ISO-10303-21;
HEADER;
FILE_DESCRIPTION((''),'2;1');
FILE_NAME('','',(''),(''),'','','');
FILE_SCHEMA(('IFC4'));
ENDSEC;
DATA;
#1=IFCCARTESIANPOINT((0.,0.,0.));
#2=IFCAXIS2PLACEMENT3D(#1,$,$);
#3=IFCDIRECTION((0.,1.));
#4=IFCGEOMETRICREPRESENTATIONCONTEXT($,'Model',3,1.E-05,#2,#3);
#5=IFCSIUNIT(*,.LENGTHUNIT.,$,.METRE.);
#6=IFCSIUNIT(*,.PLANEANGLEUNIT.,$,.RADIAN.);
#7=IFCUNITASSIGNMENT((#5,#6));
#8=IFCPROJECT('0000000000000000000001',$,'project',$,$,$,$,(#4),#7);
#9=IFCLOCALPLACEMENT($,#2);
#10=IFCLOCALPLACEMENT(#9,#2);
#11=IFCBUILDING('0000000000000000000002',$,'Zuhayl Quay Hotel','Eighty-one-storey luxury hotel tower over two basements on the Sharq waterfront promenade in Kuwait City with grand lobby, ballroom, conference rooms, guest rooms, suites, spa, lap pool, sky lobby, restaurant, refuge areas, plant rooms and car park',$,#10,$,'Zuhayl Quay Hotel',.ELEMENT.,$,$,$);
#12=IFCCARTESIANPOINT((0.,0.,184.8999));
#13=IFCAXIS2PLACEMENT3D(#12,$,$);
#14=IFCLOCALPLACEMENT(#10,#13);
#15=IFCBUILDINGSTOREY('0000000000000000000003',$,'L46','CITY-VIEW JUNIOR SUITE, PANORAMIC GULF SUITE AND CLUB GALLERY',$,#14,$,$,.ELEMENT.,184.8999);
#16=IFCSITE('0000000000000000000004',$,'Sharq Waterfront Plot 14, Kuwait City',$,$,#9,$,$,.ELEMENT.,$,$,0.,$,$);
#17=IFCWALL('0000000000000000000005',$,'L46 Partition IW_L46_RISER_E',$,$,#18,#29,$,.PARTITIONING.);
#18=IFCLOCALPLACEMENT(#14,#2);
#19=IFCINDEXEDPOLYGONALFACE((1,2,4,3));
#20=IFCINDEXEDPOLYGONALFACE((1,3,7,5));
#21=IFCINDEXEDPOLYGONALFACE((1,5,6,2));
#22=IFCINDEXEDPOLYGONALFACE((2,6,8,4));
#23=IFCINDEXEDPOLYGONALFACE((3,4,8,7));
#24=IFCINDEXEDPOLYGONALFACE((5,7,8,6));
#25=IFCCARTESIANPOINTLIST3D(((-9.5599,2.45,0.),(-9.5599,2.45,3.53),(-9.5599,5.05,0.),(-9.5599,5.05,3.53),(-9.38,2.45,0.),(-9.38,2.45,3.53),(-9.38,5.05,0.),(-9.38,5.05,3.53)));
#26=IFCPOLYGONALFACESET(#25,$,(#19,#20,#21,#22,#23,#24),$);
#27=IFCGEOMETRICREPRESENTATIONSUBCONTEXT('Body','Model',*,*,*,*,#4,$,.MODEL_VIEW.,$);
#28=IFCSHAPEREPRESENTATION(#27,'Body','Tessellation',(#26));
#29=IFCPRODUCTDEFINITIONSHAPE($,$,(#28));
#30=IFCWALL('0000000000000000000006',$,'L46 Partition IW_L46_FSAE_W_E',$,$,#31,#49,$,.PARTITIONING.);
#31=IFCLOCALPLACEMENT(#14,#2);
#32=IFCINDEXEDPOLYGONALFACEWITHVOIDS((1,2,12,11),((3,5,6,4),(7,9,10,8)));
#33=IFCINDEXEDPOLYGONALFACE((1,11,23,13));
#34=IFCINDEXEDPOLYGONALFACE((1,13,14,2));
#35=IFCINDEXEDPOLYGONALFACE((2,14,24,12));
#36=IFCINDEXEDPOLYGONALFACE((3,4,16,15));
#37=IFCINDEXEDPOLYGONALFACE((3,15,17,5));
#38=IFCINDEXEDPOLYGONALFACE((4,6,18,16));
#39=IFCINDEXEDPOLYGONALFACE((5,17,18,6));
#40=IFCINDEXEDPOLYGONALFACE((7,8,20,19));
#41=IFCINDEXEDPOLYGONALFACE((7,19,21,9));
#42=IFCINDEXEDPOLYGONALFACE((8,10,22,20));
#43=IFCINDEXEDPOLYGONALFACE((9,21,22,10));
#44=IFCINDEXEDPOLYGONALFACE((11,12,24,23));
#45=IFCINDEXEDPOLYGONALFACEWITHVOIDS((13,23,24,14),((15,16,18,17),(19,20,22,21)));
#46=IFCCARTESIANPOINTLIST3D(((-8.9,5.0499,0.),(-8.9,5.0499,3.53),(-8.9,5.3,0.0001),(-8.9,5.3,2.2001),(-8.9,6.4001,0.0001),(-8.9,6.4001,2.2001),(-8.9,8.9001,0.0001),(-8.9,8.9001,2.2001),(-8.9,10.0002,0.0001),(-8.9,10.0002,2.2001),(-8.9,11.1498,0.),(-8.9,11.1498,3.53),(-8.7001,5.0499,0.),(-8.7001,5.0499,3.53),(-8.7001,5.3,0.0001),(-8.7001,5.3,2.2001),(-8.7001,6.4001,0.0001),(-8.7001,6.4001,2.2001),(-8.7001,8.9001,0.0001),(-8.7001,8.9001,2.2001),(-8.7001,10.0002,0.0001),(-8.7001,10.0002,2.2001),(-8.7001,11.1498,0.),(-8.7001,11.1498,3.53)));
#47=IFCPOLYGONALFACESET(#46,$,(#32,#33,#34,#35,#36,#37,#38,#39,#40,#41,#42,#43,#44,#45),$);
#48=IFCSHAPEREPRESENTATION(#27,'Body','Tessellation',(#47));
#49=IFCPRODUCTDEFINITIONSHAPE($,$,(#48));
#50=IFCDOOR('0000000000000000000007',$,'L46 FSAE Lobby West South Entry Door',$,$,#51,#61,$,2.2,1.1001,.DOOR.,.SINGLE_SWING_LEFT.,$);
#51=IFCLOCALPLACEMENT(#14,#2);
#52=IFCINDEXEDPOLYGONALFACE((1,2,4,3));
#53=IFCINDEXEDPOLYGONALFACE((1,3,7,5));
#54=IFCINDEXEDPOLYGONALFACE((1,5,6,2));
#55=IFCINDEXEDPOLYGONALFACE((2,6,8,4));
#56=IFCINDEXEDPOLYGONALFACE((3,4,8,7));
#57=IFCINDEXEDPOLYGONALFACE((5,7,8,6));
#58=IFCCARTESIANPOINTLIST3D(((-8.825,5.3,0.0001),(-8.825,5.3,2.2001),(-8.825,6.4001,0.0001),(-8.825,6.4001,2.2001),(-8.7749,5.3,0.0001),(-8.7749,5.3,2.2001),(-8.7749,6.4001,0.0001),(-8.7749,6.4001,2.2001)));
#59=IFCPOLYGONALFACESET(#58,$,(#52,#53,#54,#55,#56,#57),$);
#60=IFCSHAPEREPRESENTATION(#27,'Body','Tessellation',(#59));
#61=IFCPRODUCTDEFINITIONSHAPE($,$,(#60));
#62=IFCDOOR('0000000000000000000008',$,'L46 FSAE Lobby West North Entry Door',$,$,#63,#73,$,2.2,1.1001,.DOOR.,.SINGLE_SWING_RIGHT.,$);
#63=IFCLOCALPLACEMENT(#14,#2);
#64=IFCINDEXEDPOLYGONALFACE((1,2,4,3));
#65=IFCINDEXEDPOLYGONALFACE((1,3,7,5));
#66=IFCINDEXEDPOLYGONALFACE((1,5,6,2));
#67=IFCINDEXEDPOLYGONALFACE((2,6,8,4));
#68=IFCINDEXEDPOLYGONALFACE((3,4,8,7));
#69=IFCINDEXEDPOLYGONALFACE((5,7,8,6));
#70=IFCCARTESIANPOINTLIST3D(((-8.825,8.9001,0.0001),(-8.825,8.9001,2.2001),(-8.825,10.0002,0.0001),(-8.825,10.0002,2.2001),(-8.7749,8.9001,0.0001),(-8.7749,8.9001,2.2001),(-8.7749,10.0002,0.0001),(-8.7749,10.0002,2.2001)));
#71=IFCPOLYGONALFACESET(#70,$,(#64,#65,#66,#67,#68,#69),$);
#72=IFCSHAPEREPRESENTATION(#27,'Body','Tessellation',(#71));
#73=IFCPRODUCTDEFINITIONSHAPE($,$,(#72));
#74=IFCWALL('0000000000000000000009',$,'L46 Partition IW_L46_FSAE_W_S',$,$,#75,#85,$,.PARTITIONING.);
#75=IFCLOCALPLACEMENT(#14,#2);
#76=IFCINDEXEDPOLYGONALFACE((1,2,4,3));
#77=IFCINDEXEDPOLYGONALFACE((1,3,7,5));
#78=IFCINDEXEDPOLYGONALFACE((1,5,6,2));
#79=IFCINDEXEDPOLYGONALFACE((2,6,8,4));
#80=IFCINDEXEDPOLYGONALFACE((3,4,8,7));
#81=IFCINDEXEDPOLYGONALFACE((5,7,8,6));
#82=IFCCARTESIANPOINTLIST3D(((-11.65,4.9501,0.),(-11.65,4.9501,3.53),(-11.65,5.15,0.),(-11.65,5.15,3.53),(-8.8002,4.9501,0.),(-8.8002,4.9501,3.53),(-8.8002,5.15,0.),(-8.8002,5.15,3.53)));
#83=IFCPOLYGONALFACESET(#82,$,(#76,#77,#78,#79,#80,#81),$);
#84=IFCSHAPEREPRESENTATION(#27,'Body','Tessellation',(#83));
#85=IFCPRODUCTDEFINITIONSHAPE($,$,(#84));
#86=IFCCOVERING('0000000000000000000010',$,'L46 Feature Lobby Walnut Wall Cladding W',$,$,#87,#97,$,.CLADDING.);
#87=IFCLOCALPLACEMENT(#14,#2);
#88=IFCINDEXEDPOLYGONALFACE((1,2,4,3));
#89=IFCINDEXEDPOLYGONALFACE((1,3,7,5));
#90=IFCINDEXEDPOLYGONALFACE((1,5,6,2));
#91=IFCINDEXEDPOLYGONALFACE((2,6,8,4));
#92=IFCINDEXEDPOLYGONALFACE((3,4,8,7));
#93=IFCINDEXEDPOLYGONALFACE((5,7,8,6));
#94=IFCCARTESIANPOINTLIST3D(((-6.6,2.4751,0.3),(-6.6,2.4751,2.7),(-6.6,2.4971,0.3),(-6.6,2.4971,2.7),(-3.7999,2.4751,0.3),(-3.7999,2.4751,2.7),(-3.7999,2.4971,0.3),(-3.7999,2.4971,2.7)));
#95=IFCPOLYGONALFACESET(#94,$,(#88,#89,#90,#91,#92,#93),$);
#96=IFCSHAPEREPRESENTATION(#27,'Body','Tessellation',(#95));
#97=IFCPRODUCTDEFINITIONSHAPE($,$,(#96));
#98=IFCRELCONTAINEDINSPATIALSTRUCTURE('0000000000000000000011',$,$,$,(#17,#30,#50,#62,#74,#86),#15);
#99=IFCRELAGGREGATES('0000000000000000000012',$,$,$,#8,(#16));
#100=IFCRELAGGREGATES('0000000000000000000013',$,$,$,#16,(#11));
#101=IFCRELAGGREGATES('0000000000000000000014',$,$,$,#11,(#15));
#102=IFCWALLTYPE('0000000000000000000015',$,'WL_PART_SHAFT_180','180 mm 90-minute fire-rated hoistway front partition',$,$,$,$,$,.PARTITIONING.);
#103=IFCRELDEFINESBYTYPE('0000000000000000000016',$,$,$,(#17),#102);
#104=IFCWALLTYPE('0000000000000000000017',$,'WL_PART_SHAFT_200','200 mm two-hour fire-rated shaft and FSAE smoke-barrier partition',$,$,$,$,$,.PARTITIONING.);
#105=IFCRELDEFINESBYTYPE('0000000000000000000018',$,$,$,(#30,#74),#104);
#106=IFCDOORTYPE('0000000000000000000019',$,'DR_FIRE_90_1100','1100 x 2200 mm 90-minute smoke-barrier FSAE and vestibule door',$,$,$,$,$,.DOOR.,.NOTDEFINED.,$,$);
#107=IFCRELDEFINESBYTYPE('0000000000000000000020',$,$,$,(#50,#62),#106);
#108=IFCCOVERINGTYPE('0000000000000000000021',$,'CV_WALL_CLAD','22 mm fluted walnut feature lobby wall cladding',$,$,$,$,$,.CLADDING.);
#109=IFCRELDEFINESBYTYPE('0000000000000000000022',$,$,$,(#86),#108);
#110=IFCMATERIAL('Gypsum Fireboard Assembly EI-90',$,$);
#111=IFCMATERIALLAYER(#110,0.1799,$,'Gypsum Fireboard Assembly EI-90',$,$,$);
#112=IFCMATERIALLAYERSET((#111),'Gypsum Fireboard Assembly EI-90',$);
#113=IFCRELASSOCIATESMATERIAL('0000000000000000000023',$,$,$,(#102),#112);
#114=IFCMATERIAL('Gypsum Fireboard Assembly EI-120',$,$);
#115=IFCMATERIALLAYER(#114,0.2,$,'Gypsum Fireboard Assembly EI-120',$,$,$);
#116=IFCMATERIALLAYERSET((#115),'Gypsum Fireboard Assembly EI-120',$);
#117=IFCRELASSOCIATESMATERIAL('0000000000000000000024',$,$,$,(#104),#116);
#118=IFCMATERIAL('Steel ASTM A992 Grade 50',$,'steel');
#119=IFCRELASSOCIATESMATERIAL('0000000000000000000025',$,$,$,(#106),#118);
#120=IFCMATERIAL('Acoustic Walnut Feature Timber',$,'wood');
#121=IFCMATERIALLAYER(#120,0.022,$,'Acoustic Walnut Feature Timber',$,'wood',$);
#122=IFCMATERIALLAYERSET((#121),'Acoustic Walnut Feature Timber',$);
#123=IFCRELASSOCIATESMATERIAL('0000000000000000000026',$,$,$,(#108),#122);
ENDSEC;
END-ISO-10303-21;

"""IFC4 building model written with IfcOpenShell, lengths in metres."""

from ifc_helpers import new_model, si_unit, direction, frame, frame_2d, origin, origin_2d, place, context, subcontext, project, spatial, rectangle, extrude, material, layer, layer_set, type_object, element, fill, save


model = new_model("IFC4")

# Units and contexts
model_context = context("Model", 3, precision=1e-05, world=origin(), true_north=direction((0.0, 1.0)))
body_context = subcontext(model_context, "Body", "Model", "MODEL_VIEW")
ifc_project = project(units=[si_unit("LENGTHUNIT", "METRE"), si_unit("PLANEANGLEUNIT", "RADIAN")], contexts=[model_context])

# Site, building, storey
site_placement = place(None, origin())
site = spatial("IfcSite", under=ifc_project, at=site_placement, Name="Sharq Waterfront Plot 14, Kuwait City", CompositionType="ELEMENT", RefElevation=0.0)
building_placement = place(site_placement, origin())
building = spatial("IfcBuilding", under=site, at=building_placement, Name="Zuhayl Quay Hotel", Description="Eighty-one-storey luxury hotel tower over two basements on the Sharq waterfront promenade in Kuwait City with grand lobby, ballroom, conference rooms, guest rooms, suites, spa, lap pool, sky lobby, restaurant, refuge areas, plant rooms and car park", LongName="Zuhayl Quay Hotel", CompositionType="ELEMENT")
storey_placement = place(building_placement, frame((0.0, 0.0, 184.8999)))
storey = spatial("IfcBuildingStorey", under=building, at=storey_placement, Name="L46", Description="CITY-VIEW JUNIOR SUITE, PANORAMIC GULF SUITE AND CLUB GALLERY", CompositionType="ELEMENT", Elevation=184.8999)

# Shared definitions
ifc_material_1 = material(Name="Steel ASTM A992 Grade 50", Category="steel")

# Shared definitions
ifc_material_2 = material(Name="Gypsum Fireboard Assembly EI-90")

# Wall
ifc_layer_1 = layer(ifc_material_2, 0.1799, Name="Gypsum Fireboard Assembly EI-90")
ifc_layer_set_1 = layer_set([ifc_layer_1], Name="Gypsum Fireboard Assembly EI-90")
wall_type_1 = type_object("IfcWallType", Name="WL_PART_SHAFT_180", Description="180 mm 90-minute fire-rated hoistway front partition", PredefinedType="PARTITIONING", material=ifc_layer_set_1)
wall_1_placement = place(storey_placement, frame((-9.47, 2.45, 0.0), z_axis=(0.0, 0.0, 1.0), x_axis=(0.0, 1.0, 0.0)))
element("IfcWall", 1, at=wall_1_placement, inside=storey, type_object=wall_type_1, Name="L46 Partition IW_L46_RISER_E", PredefinedType="PARTITIONING", context=body_context, shape_type="SweptSolid", body=[
    extrude(rectangle(XDim=2.6001, YDim=0.1799, at=frame_2d((1.3, 0.0))), origin(), (0.0, 0.0, 1.0), 3.53),
])

# Wall, openings, doors
ifc_material_3 = material(Name="Gypsum Fireboard Assembly EI-120")
ifc_layer_2 = layer(ifc_material_3, 0.2, Name="Gypsum Fireboard Assembly EI-120")
ifc_layer_set_2 = layer_set([ifc_layer_2], Name="Gypsum Fireboard Assembly EI-120")
wall_type_2 = type_object("IfcWallType", Name="WL_PART_SHAFT_200", Description="200 mm two-hour fire-rated shaft and FSAE smoke-barrier partition", PredefinedType="PARTITIONING", material=ifc_layer_set_2)
wall_2_placement = place(storey_placement, frame((-8.8, 5.05, 0.0), z_axis=(0.0, 0.0, 1.0), x_axis=(0.0, 1.0, 0.0)))
wall_2 = element("IfcWall", 2, at=wall_2_placement, inside=storey, type_object=wall_type_2, Name="L46 Partition IW_L46_FSAE_W_E", PredefinedType="PARTITIONING", context=body_context, shape_type="SweptSolid", body=[
    extrude(rectangle(XDim=6.0999, YDim=0.2, at=frame_2d((3.0498, 0.0))), origin(), (0.0, 0.0, 1.0), 3.53),
])
opening_1_placement = place(wall_2_placement, frame((0.25, 0.0, 0.0)))
opening_1 = element("IfcOpeningElement", 3, at=opening_1_placement, cuts=wall_2, PredefinedType="OPENING", context=body_context, shape_type="SweptSolid", body=[
    extrude(rectangle(XDim=1.1001, YDim=2.2, at=frame_2d((0.55, 1.1001))), frame((0.0, 0.1099, 0.0), z_axis=(0.0, -1.0, 0.0), x_axis=(1.0, 0.0, 0.0)), (0.0, 0.0, 1.0), 0.22),
])
opening_2_placement = place(wall_2_placement, frame((3.8501, 0.0, 0.0)))
opening_2 = element("IfcOpeningElement", 4, at=opening_2_placement, cuts=wall_2, PredefinedType="OPENING", context=body_context, shape_type="SweptSolid", body=[
    extrude(rectangle(XDim=1.1001, YDim=2.2, at=frame_2d((0.55, 1.1001))), frame((0.0, 0.1099, 0.0), z_axis=(0.0, -1.0, 0.0), x_axis=(1.0, 0.0, 0.0)), (0.0, 0.0, 1.0), 0.22),
])
door_type_1 = type_object("IfcDoorType", Name="DR_FIRE_90_1100", Description="1100 x 2200 mm 90-minute smoke-barrier FSAE and vestibule door", OperationType="NOTDEFINED", PredefinedType="DOOR", material=ifc_material_1)
door_1_placement = place(opening_1_placement, origin())
door_1 = element("IfcDoor", 5, at=door_1_placement, inside=storey, type_object=door_type_1, Name="L46 FSAE Lobby West South Entry Door", OperationType="SINGLE_SWING_LEFT", OverallHeight=2.2, OverallWidth=1.1001, PredefinedType="DOOR", context=body_context, shape_type="SweptSolid", body=[
    extrude(rectangle(XDim=1.1001, YDim=2.2, at=frame_2d((0.55, 1.1001))), frame((0.0, 0.0249, 0.0), z_axis=(0.0, -1.0, 0.0), x_axis=(1.0, 0.0, 0.0)), (0.0, 0.0, 1.0), 0.05),
])
fill(opening_1, door_1)
door_2_placement = place(opening_2_placement, origin())
door_2 = element("IfcDoor", 6, at=door_2_placement, inside=storey, type_object=door_type_1, Name="L46 FSAE Lobby West North Entry Door", OperationType="SINGLE_SWING_RIGHT", OverallHeight=2.2, OverallWidth=1.1001, PredefinedType="DOOR", context=body_context, shape_type="SweptSolid", body=[
    extrude(rectangle(XDim=1.1001, YDim=2.2, at=frame_2d((0.55, 1.1001))), frame((0.0, 0.0249, 0.0), z_axis=(0.0, -1.0, 0.0), x_axis=(1.0, 0.0, 0.0)), (0.0, 0.0, 1.0), 0.05),
])
fill(opening_2, door_2)

# Wall
wall_3_placement = place(storey_placement, frame((-11.6499, 5.05, 0.0), z_axis=(0.0, 0.0, 1.0), x_axis=(1.0, 0.0, 0.0)))
element("IfcWall", 7, at=wall_3_placement, inside=storey, type_object=wall_type_2, Name="L46 Partition IW_L46_FSAE_W_S", PredefinedType="PARTITIONING", context=body_context, shape_type="SweptSolid", body=[
    extrude(rectangle(XDim=2.8499, YDim=0.2, at=frame_2d((1.4248, 0.0))), origin(), (0.0, 0.0, 1.0), 3.53),
])

# Covering
ifc_material_4 = material(Name="Acoustic Walnut Feature Timber", Category="wood")
ifc_layer_3 = layer(ifc_material_4, 0.022, Name="Acoustic Walnut Feature Timber", Category="wood")
ifc_layer_set_3 = layer_set([ifc_layer_3], Name="Acoustic Walnut Feature Timber")
covering_type = type_object("IfcCoveringType", Name="CV_WALL_CLAD", Description="22 mm fluted walnut feature lobby wall cladding", PredefinedType="CLADDING", material=ifc_layer_set_3)
covering_placement = place(storey_placement, frame((-5.2, 2.4861, 0.3), z_axis=(0.0, 0.0, 1.0), x_axis=(1.0, 0.0, 0.0)))
element("IfcCovering", 8, at=covering_placement, inside=storey, type_object=covering_type, Name="L46 Feature Lobby Walnut Wall Cladding W", PredefinedType="CLADDING", context=body_context, shape_type="SweptSolid", body=[
    extrude(rectangle(XDim=2.8, YDim=0.022, at=origin_2d()), origin(), (0.0, 0.0, 1.0), 2.3999),
])

save(model, "model.ifc")
